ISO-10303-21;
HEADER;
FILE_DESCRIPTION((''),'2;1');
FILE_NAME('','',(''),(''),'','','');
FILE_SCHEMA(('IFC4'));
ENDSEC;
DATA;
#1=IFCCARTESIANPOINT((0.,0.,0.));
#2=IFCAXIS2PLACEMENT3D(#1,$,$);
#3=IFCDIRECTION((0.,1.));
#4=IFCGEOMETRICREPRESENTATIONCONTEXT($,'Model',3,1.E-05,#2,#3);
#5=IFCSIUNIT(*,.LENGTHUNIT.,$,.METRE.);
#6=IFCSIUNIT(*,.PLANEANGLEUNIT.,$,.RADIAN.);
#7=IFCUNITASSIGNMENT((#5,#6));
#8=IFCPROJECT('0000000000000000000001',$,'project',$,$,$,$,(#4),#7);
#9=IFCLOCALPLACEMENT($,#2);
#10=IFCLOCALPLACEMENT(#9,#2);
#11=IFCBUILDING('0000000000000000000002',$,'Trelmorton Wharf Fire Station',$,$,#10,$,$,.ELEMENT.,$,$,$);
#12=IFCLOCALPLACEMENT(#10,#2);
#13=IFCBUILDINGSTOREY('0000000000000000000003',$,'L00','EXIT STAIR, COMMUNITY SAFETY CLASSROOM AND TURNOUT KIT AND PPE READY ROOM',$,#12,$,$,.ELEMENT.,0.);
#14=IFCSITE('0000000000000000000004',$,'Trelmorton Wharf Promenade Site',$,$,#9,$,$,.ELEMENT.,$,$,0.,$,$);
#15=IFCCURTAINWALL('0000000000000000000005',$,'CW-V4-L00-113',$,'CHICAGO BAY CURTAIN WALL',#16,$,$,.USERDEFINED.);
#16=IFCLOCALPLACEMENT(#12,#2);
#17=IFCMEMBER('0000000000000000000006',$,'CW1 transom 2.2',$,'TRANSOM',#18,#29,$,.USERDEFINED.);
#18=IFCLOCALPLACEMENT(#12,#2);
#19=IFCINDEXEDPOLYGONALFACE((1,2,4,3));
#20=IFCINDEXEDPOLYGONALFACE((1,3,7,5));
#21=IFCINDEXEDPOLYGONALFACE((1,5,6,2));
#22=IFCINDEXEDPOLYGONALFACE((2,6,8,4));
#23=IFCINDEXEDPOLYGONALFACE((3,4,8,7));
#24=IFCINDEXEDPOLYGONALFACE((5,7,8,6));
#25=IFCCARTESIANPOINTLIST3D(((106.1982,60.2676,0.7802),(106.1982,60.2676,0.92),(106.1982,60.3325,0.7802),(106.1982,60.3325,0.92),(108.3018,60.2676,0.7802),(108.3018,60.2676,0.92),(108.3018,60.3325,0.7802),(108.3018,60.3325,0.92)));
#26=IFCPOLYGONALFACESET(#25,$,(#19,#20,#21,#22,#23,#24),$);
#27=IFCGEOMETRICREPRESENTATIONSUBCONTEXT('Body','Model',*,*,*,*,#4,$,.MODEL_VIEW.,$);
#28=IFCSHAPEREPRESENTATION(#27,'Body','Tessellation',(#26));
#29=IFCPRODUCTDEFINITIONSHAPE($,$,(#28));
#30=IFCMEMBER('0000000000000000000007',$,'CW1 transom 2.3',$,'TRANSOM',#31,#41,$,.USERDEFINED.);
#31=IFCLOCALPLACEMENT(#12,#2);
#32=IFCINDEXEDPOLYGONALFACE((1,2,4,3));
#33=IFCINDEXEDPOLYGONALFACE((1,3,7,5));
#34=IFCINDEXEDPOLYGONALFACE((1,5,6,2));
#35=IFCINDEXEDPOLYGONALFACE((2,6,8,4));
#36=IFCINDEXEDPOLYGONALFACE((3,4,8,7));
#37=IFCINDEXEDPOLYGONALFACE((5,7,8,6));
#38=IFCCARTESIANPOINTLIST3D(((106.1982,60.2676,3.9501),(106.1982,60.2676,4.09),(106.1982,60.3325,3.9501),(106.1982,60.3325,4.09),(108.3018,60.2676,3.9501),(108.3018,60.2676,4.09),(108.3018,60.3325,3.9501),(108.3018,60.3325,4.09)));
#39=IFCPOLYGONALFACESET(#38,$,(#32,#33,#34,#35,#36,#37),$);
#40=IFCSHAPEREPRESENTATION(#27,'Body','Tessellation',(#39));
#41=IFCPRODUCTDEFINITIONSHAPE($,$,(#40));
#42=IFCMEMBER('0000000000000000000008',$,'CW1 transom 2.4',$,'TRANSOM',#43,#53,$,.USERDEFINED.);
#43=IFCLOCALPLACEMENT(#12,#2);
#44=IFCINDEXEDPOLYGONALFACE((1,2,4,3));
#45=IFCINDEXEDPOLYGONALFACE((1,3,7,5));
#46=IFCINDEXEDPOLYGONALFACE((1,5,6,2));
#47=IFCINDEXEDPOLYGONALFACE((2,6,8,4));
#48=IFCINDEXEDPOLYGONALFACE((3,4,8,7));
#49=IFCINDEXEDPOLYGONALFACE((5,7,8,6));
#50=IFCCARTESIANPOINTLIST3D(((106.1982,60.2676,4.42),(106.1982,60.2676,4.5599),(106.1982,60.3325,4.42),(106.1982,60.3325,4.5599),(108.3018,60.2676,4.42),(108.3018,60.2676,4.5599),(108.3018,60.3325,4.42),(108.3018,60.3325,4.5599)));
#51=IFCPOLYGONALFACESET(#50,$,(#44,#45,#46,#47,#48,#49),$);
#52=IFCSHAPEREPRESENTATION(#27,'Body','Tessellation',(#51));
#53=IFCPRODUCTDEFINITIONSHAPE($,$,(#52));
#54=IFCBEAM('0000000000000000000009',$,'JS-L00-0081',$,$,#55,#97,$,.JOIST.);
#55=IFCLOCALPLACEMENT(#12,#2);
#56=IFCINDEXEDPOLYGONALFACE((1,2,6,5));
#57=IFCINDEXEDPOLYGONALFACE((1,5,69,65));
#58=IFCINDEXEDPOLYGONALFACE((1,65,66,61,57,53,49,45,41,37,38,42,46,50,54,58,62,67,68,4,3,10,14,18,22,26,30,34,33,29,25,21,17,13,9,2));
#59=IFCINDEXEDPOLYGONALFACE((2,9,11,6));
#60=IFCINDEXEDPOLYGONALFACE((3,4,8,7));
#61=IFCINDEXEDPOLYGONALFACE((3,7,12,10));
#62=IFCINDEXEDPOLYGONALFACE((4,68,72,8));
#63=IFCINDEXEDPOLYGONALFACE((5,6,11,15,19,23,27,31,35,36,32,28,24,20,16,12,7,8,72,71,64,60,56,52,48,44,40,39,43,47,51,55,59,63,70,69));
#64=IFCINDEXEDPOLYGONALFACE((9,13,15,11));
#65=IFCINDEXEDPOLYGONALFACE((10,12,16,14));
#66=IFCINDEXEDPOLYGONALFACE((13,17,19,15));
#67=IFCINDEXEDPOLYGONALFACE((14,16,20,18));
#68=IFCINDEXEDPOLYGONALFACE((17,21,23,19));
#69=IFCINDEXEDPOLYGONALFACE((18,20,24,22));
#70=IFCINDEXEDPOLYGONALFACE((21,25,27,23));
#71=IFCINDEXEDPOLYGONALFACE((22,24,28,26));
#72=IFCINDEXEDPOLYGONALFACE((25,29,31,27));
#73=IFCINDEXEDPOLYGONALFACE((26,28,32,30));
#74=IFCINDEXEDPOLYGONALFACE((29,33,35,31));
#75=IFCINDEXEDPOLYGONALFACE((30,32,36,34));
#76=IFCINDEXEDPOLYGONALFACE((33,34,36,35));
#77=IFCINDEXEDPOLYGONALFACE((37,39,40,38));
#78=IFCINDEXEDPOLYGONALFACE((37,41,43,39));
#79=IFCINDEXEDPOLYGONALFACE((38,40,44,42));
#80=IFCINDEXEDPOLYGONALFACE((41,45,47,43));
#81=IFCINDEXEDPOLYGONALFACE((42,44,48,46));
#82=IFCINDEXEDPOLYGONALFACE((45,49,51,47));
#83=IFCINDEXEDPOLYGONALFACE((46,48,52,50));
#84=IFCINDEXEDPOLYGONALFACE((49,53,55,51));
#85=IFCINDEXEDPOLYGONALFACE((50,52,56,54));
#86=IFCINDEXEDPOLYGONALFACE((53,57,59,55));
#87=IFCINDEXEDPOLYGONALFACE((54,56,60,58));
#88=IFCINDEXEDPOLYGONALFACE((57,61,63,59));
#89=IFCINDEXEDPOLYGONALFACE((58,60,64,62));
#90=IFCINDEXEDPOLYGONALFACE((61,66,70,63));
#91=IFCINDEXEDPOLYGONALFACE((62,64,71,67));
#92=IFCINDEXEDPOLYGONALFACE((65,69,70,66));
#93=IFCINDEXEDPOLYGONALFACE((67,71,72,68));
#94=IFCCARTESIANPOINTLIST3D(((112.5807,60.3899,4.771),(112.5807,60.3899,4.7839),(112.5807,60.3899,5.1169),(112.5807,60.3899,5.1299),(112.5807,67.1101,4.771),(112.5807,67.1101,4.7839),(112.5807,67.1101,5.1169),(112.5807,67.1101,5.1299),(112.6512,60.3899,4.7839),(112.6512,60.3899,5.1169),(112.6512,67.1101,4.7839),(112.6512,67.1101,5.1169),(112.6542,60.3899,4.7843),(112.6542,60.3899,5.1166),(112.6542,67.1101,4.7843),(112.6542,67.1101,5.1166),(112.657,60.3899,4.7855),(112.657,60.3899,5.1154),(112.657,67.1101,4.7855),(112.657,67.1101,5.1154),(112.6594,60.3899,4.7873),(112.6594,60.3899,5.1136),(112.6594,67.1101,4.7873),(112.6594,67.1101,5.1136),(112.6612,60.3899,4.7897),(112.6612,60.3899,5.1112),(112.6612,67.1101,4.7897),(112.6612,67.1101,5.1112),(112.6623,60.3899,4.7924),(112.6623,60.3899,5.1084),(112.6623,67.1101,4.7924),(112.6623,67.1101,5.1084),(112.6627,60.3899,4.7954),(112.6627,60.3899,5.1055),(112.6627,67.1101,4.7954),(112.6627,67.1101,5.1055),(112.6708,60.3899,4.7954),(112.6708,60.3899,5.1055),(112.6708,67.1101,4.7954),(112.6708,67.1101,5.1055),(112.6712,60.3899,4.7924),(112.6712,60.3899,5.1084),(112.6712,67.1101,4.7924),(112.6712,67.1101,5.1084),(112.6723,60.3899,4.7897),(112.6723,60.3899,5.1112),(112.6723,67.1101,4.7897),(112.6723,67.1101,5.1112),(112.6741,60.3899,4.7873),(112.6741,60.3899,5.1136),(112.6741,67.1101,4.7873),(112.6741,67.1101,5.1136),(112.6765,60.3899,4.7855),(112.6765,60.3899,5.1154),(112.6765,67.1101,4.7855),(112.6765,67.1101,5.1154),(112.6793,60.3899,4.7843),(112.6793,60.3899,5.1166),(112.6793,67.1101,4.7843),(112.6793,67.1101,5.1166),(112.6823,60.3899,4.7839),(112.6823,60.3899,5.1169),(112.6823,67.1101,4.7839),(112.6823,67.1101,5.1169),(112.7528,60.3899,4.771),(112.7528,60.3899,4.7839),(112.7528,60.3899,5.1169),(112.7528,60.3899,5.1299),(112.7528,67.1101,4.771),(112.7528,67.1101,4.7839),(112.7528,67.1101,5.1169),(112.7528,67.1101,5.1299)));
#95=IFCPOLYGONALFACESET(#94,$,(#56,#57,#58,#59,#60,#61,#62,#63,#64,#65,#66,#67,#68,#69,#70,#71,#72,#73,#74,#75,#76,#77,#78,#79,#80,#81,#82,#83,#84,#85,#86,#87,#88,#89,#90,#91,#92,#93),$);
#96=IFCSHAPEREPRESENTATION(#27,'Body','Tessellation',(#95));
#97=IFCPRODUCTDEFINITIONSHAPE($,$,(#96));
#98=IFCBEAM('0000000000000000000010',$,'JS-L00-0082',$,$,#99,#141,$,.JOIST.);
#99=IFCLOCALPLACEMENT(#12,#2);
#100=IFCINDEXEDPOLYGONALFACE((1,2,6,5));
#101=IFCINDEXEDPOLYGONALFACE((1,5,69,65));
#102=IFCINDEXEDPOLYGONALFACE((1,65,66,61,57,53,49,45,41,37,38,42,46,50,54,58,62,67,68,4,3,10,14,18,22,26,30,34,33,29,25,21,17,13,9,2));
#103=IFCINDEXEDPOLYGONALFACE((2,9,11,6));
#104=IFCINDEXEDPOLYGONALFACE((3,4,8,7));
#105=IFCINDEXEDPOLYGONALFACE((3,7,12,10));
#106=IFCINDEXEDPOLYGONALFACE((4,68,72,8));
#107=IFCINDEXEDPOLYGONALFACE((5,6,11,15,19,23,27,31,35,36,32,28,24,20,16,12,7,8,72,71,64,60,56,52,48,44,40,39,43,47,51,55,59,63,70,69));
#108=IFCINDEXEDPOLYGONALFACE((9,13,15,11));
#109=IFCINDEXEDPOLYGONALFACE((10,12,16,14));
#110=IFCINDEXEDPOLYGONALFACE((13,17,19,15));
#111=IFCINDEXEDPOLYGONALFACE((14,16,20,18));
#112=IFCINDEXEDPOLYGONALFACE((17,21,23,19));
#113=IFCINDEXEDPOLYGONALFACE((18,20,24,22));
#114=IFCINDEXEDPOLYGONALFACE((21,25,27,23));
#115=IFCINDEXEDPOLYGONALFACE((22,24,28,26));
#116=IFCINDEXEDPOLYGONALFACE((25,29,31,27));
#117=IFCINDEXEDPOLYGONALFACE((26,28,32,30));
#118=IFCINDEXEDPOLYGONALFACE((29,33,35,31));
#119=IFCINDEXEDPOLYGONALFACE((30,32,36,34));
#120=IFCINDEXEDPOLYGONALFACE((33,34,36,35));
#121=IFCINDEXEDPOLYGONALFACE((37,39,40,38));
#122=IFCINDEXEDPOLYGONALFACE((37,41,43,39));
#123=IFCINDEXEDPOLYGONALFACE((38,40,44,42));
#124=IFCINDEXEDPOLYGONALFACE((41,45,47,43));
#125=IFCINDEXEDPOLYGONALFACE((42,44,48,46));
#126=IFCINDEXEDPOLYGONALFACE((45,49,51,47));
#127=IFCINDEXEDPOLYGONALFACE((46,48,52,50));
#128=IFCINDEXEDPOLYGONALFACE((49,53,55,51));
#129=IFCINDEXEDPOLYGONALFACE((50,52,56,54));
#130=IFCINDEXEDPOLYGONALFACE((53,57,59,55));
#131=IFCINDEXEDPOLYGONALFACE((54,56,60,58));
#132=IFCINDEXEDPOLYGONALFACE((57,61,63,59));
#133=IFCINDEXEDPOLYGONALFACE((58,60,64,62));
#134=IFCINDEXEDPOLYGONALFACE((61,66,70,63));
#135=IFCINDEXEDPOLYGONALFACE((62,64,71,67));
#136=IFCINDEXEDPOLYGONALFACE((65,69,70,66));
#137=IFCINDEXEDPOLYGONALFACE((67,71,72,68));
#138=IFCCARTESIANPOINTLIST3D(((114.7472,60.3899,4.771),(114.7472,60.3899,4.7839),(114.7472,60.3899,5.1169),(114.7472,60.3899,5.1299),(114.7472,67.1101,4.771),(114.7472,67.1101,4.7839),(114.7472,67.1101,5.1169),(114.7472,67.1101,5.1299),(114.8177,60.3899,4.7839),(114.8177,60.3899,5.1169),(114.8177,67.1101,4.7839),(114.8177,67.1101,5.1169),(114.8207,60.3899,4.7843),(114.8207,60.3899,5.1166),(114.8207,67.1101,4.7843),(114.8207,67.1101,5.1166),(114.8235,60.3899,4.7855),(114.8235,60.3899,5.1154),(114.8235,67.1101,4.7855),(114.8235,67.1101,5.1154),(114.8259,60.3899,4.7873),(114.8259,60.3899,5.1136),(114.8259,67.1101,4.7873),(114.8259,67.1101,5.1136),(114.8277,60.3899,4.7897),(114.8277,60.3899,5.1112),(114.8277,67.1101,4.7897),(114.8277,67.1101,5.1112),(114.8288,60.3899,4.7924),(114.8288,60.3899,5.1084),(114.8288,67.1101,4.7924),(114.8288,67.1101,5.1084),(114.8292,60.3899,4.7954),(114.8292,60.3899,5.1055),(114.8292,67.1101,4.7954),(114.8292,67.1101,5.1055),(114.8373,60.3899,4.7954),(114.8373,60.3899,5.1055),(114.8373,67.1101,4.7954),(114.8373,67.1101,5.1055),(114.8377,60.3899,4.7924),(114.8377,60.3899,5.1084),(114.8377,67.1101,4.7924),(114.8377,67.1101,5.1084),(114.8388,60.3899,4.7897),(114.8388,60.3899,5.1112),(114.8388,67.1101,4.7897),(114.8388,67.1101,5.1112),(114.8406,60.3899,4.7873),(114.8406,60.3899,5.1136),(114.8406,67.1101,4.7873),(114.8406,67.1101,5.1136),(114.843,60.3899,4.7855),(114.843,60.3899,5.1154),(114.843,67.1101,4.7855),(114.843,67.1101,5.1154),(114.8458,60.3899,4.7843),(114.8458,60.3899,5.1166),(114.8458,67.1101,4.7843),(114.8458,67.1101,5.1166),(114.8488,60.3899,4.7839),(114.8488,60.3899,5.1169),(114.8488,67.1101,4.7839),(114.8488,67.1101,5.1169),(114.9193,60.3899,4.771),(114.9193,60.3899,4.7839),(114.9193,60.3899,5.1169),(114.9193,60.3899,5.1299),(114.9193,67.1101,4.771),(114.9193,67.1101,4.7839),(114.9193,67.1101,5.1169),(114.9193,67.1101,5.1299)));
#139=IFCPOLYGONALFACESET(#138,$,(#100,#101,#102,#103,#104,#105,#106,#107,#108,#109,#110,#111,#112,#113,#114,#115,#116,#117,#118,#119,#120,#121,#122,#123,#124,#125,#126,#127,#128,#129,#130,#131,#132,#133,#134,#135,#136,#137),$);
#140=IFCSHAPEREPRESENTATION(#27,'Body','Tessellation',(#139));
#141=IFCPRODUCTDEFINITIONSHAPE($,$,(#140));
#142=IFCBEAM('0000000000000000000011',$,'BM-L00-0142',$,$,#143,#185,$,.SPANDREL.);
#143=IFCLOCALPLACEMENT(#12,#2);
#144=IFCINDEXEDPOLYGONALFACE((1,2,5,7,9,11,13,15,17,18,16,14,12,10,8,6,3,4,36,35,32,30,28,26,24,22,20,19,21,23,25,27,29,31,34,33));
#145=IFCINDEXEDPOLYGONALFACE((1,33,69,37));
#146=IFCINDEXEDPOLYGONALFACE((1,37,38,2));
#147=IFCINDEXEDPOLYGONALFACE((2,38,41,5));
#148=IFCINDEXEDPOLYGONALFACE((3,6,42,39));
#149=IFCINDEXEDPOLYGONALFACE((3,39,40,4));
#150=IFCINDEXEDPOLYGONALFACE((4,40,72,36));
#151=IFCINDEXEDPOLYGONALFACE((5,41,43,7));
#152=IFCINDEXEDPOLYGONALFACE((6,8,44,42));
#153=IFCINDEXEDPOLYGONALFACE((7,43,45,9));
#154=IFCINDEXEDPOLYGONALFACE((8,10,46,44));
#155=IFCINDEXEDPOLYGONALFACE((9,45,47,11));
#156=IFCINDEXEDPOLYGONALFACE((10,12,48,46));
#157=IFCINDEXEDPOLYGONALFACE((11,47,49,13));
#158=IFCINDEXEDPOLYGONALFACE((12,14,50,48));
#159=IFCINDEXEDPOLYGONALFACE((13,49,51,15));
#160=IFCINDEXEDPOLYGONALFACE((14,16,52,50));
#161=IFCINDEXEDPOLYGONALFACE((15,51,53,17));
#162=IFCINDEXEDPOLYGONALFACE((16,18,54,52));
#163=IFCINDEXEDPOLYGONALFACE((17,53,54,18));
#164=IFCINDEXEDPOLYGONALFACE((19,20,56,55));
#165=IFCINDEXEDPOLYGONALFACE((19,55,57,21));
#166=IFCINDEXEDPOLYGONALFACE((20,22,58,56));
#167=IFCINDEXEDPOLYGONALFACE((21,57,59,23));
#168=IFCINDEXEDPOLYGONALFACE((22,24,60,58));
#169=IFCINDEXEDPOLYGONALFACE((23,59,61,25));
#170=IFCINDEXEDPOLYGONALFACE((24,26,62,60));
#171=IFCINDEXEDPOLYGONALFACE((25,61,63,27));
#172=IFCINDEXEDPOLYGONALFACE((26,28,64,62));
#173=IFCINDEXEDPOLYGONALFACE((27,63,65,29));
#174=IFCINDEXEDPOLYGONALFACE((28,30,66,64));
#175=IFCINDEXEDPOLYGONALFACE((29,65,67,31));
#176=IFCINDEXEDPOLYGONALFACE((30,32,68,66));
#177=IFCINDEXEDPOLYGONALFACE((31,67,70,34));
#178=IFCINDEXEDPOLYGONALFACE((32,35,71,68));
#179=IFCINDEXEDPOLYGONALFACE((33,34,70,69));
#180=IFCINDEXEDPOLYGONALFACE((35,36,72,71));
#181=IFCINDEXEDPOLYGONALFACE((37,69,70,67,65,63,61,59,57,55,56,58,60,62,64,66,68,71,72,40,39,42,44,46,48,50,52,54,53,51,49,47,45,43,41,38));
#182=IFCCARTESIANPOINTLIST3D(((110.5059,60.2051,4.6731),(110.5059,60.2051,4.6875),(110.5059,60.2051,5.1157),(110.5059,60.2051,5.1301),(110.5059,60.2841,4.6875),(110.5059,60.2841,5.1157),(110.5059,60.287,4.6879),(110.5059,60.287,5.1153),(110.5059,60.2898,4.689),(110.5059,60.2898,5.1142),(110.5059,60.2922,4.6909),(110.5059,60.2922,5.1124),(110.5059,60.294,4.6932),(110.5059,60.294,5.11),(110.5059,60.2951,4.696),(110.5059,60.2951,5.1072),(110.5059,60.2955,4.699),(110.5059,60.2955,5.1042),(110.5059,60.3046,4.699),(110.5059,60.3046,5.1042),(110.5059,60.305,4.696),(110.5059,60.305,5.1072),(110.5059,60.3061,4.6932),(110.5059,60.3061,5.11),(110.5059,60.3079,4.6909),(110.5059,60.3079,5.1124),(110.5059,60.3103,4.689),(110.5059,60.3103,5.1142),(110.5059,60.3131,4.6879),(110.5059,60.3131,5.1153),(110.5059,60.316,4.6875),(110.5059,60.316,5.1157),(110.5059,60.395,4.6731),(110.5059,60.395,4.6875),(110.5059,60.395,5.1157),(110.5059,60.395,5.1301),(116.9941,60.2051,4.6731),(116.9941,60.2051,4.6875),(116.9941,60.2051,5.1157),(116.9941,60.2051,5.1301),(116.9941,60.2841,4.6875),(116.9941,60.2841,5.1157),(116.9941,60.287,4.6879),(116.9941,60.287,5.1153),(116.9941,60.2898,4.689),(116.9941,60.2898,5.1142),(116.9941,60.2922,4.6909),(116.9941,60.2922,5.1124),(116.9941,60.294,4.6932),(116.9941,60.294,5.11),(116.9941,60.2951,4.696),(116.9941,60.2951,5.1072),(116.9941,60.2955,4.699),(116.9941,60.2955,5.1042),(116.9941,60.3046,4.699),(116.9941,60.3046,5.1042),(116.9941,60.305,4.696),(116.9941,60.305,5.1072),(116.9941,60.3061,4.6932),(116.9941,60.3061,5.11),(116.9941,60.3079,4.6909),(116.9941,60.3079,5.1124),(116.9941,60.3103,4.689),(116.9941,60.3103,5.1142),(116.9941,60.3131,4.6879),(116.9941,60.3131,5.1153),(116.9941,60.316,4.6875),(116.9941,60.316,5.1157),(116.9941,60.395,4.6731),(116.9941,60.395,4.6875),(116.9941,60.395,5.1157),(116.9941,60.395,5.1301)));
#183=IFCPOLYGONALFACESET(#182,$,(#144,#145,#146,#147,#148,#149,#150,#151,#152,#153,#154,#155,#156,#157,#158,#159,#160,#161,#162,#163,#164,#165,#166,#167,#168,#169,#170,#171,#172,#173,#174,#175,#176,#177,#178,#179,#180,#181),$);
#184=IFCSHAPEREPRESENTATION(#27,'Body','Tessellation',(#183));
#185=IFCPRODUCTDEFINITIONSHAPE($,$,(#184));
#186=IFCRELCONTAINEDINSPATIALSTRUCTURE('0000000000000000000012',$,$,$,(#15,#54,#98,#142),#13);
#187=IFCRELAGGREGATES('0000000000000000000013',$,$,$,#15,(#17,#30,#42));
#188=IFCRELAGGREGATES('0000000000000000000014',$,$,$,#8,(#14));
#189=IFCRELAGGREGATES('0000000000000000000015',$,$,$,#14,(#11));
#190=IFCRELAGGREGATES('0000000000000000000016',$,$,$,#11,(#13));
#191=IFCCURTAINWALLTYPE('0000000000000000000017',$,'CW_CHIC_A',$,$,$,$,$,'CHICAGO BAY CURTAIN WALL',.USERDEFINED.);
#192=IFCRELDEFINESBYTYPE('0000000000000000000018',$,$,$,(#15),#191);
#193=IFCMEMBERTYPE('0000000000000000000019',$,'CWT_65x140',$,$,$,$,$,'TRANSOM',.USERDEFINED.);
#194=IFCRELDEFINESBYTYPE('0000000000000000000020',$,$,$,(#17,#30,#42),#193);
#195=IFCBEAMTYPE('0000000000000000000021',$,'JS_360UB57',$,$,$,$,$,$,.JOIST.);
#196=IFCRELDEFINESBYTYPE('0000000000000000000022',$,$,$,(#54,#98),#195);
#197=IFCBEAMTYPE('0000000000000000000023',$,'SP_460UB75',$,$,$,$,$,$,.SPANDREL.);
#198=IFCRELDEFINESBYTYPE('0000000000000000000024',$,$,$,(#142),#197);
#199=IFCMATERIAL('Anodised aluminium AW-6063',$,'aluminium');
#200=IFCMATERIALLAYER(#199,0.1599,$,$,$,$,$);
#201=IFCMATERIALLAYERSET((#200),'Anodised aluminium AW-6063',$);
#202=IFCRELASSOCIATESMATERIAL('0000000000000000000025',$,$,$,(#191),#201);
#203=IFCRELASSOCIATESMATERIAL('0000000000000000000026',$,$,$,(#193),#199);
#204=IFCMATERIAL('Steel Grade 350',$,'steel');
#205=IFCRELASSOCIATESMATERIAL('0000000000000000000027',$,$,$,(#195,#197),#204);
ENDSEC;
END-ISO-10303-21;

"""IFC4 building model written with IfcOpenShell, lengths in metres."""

from ifc_helpers import new_model, si_unit, direction, frame, origin, origin_2d, place, context, subcontext, project, spatial, rectangle, i_section, extrude, material, layer, layer_set, material_profile, profile_set, type_object, element, aggregate, save


model = new_model("IFC4")

# Units and contexts
model_context = context("Model", 3, precision=1e-05, world=origin(), true_north=direction((0.0, 1.0)))
body_context = subcontext(model_context, "Body", "Model", "MODEL_VIEW")
ifc_project = project(units=[si_unit("LENGTHUNIT", "METRE"), si_unit("PLANEANGLEUNIT", "RADIAN")], contexts=[model_context])

# Site, building, storey
site_placement = place(None, origin())
site = spatial("IfcSite", under=ifc_project, at=site_placement, Name="Trelmorton Wharf Promenade Site", CompositionType="ELEMENT", RefElevation=0.0)
building_placement = place(site_placement, origin())
building = spatial("IfcBuilding", under=site, at=building_placement, Name="Trelmorton Wharf Fire Station", CompositionType="ELEMENT")
storey_placement = place(building_placement, origin())
storey = spatial("IfcBuildingStorey", under=building, at=storey_placement, Name="L00", Description="EXIT STAIR, COMMUNITY SAFETY CLASSROOM AND TURNOUT KIT AND PPE READY ROOM", CompositionType="ELEMENT", Elevation=0.0)

# Shared definitions
ifc_material_1 = material(Name="Steel Grade 350", Category="steel")

# Curtain wall, members
ifc_material_2 = material(Name="Anodised aluminium AW-6063", Category="aluminium")
ifc_layer_1 = layer(ifc_material_2, 0.1599)
ifc_layer_set_1 = layer_set([ifc_layer_1], Name="Anodised aluminium AW-6063")
curtain_wall_type = type_object("IfcCurtainWallType", Name="CW_CHIC_A", ElementType="CHICAGO BAY CURTAIN WALL", PredefinedType="USERDEFINED", material=ifc_layer_set_1)
curtain_wall_placement = place(storey_placement, origin())
curtain_wall = element("IfcCurtainWall", 1, at=curtain_wall_placement, inside=storey, type_object=curtain_wall_type, Name="CW-V4-L00-113", ObjectType="CHICAGO BAY CURTAIN WALL", PredefinedType="USERDEFINED")
ifc_material_profile_1 = material_profile(ifc_material_2, rectangle(XDim=0.0649, YDim=0.1399, at=origin_2d()), Name="ALU-65x140")
ifc_profile_set_1 = profile_set([ifc_material_profile_1], Name="Anodised aluminium AW-6063")
member_type_1 = type_object("IfcMemberType", Name="CWT_65x140", ElementType="TRANSOM", PredefinedType="USERDEFINED", material=ifc_profile_set_1)
member_1_placement = place(storey_placement, frame((108.3018, 60.3, 0.8501), z_axis=(-1.0, 0.0, 0.0), x_axis=(0.0, -1.0, 0.0)))
member_1 = element("IfcMember", 2, at=member_1_placement, type_object=member_type_1, Name="CW1 transom 2.2", ObjectType="TRANSOM", PredefinedType="USERDEFINED", context=body_context, shape_type="SweptSolid", body=[
    extrude(rectangle(XDim=0.0649, YDim=0.1399, at=origin_2d()), origin(), (0.0, 0.0, 1.0), 2.1035),
])
member_2_placement = place(storey_placement, frame((108.3018, 60.3, 4.02), z_axis=(-1.0, 0.0, 0.0), x_axis=(0.0, -1.0, 0.0)))
member_2 = element("IfcMember", 3, at=member_2_placement, type_object=member_type_1, Name="CW1 transom 2.3", ObjectType="TRANSOM", PredefinedType="USERDEFINED", context=body_context, shape_type="SweptSolid", body=[
    extrude(rectangle(XDim=0.0649, YDim=0.1399, at=origin_2d()), origin(), (0.0, 0.0, 1.0), 2.1035),
])
member_3_placement = place(storey_placement, frame((108.3018, 60.3, 4.49), z_axis=(-1.0, 0.0, 0.0), x_axis=(0.0, -1.0, 0.0)))
member_3 = element("IfcMember", 4, at=member_3_placement, type_object=member_type_1, Name="CW1 transom 2.4", ObjectType="TRANSOM", PredefinedType="USERDEFINED", context=body_context, shape_type="SweptSolid", body=[
    extrude(rectangle(XDim=0.0649, YDim=0.1399, at=origin_2d()), origin(), (0.0, 0.0, 1.0), 2.1035),
])

# Beams
ifc_material_profile_2 = material_profile(ifc_material_1, i_section(OverallWidth=0.1721, OverallDepth=0.3589, WebThickness=0.0081, FlangeThickness=0.0129, FilletRadius=0.0115, at=origin_2d()), Name="360UB56.7")
ifc_profile_set_2 = profile_set([ifc_material_profile_2], Name="Steel Grade 350")
beam_type_1 = type_object("IfcBeamType", Name="JS_360UB57", PredefinedType="JOIST", material=ifc_profile_set_2)
for number, where, z_axis, x_axis, name in (
    (5, (112.6667, 60.3899, 4.9504), (0.0, 1.0, 0.0), (-1.0, 0.0, 0.0), "JS-L00-0081"),
    (6, (114.8333, 60.3899, 4.9504), (0.0, 1.0, 0.0), (-1.0, 0.0, 0.0), "JS-L00-0082"),
):
    element("IfcBeam", number, at=place(storey_placement, frame(where, z_axis=z_axis, x_axis=x_axis)), inside=storey, type_object=beam_type_1, Name=name, PredefinedType="JOIST", context=body_context, shape_type="SweptSolid", body=[
        extrude(i_section(OverallWidth=0.1721, OverallDepth=0.3589, WebThickness=0.0081, FlangeThickness=0.0129, FilletRadius=0.0115, at=origin_2d()), origin(), (0.0, 0.0, 1.0), 6.7202),
    ])
ifc_material_profile_3 = material_profile(ifc_material_1, i_section(OverallWidth=0.1899, OverallDepth=0.457, WebThickness=0.009, FlangeThickness=0.0144, FilletRadius=0.0115, at=origin_2d()), Name="460UB74.6")
ifc_profile_set_3 = profile_set([ifc_material_profile_3], Name="Steel Grade 350")
beam_type_2 = type_object("IfcBeamType", Name="SP_460UB75", PredefinedType="SPANDREL", material=ifc_profile_set_3)
beam_1_placement = place(storey_placement, frame((110.5059, 60.3, 4.9016), z_axis=(1.0, 0.0, 0.0), x_axis=(0.0, 1.0, 0.0)))
element("IfcBeam", 7, at=beam_1_placement, inside=storey, type_object=beam_type_2, Name="BM-L00-0142", PredefinedType="SPANDREL", context=body_context, shape_type="SweptSolid", body=[
    extrude(i_section(OverallWidth=0.1899, OverallDepth=0.457, WebThickness=0.009, FlangeThickness=0.0144, FilletRadius=0.0115, at=origin_2d()), origin(), (0.0, 0.0, 1.0), 6.4883),
])

aggregate(curtain_wall, [member_1, member_2, member_3])

save(model, "model.ifc")
